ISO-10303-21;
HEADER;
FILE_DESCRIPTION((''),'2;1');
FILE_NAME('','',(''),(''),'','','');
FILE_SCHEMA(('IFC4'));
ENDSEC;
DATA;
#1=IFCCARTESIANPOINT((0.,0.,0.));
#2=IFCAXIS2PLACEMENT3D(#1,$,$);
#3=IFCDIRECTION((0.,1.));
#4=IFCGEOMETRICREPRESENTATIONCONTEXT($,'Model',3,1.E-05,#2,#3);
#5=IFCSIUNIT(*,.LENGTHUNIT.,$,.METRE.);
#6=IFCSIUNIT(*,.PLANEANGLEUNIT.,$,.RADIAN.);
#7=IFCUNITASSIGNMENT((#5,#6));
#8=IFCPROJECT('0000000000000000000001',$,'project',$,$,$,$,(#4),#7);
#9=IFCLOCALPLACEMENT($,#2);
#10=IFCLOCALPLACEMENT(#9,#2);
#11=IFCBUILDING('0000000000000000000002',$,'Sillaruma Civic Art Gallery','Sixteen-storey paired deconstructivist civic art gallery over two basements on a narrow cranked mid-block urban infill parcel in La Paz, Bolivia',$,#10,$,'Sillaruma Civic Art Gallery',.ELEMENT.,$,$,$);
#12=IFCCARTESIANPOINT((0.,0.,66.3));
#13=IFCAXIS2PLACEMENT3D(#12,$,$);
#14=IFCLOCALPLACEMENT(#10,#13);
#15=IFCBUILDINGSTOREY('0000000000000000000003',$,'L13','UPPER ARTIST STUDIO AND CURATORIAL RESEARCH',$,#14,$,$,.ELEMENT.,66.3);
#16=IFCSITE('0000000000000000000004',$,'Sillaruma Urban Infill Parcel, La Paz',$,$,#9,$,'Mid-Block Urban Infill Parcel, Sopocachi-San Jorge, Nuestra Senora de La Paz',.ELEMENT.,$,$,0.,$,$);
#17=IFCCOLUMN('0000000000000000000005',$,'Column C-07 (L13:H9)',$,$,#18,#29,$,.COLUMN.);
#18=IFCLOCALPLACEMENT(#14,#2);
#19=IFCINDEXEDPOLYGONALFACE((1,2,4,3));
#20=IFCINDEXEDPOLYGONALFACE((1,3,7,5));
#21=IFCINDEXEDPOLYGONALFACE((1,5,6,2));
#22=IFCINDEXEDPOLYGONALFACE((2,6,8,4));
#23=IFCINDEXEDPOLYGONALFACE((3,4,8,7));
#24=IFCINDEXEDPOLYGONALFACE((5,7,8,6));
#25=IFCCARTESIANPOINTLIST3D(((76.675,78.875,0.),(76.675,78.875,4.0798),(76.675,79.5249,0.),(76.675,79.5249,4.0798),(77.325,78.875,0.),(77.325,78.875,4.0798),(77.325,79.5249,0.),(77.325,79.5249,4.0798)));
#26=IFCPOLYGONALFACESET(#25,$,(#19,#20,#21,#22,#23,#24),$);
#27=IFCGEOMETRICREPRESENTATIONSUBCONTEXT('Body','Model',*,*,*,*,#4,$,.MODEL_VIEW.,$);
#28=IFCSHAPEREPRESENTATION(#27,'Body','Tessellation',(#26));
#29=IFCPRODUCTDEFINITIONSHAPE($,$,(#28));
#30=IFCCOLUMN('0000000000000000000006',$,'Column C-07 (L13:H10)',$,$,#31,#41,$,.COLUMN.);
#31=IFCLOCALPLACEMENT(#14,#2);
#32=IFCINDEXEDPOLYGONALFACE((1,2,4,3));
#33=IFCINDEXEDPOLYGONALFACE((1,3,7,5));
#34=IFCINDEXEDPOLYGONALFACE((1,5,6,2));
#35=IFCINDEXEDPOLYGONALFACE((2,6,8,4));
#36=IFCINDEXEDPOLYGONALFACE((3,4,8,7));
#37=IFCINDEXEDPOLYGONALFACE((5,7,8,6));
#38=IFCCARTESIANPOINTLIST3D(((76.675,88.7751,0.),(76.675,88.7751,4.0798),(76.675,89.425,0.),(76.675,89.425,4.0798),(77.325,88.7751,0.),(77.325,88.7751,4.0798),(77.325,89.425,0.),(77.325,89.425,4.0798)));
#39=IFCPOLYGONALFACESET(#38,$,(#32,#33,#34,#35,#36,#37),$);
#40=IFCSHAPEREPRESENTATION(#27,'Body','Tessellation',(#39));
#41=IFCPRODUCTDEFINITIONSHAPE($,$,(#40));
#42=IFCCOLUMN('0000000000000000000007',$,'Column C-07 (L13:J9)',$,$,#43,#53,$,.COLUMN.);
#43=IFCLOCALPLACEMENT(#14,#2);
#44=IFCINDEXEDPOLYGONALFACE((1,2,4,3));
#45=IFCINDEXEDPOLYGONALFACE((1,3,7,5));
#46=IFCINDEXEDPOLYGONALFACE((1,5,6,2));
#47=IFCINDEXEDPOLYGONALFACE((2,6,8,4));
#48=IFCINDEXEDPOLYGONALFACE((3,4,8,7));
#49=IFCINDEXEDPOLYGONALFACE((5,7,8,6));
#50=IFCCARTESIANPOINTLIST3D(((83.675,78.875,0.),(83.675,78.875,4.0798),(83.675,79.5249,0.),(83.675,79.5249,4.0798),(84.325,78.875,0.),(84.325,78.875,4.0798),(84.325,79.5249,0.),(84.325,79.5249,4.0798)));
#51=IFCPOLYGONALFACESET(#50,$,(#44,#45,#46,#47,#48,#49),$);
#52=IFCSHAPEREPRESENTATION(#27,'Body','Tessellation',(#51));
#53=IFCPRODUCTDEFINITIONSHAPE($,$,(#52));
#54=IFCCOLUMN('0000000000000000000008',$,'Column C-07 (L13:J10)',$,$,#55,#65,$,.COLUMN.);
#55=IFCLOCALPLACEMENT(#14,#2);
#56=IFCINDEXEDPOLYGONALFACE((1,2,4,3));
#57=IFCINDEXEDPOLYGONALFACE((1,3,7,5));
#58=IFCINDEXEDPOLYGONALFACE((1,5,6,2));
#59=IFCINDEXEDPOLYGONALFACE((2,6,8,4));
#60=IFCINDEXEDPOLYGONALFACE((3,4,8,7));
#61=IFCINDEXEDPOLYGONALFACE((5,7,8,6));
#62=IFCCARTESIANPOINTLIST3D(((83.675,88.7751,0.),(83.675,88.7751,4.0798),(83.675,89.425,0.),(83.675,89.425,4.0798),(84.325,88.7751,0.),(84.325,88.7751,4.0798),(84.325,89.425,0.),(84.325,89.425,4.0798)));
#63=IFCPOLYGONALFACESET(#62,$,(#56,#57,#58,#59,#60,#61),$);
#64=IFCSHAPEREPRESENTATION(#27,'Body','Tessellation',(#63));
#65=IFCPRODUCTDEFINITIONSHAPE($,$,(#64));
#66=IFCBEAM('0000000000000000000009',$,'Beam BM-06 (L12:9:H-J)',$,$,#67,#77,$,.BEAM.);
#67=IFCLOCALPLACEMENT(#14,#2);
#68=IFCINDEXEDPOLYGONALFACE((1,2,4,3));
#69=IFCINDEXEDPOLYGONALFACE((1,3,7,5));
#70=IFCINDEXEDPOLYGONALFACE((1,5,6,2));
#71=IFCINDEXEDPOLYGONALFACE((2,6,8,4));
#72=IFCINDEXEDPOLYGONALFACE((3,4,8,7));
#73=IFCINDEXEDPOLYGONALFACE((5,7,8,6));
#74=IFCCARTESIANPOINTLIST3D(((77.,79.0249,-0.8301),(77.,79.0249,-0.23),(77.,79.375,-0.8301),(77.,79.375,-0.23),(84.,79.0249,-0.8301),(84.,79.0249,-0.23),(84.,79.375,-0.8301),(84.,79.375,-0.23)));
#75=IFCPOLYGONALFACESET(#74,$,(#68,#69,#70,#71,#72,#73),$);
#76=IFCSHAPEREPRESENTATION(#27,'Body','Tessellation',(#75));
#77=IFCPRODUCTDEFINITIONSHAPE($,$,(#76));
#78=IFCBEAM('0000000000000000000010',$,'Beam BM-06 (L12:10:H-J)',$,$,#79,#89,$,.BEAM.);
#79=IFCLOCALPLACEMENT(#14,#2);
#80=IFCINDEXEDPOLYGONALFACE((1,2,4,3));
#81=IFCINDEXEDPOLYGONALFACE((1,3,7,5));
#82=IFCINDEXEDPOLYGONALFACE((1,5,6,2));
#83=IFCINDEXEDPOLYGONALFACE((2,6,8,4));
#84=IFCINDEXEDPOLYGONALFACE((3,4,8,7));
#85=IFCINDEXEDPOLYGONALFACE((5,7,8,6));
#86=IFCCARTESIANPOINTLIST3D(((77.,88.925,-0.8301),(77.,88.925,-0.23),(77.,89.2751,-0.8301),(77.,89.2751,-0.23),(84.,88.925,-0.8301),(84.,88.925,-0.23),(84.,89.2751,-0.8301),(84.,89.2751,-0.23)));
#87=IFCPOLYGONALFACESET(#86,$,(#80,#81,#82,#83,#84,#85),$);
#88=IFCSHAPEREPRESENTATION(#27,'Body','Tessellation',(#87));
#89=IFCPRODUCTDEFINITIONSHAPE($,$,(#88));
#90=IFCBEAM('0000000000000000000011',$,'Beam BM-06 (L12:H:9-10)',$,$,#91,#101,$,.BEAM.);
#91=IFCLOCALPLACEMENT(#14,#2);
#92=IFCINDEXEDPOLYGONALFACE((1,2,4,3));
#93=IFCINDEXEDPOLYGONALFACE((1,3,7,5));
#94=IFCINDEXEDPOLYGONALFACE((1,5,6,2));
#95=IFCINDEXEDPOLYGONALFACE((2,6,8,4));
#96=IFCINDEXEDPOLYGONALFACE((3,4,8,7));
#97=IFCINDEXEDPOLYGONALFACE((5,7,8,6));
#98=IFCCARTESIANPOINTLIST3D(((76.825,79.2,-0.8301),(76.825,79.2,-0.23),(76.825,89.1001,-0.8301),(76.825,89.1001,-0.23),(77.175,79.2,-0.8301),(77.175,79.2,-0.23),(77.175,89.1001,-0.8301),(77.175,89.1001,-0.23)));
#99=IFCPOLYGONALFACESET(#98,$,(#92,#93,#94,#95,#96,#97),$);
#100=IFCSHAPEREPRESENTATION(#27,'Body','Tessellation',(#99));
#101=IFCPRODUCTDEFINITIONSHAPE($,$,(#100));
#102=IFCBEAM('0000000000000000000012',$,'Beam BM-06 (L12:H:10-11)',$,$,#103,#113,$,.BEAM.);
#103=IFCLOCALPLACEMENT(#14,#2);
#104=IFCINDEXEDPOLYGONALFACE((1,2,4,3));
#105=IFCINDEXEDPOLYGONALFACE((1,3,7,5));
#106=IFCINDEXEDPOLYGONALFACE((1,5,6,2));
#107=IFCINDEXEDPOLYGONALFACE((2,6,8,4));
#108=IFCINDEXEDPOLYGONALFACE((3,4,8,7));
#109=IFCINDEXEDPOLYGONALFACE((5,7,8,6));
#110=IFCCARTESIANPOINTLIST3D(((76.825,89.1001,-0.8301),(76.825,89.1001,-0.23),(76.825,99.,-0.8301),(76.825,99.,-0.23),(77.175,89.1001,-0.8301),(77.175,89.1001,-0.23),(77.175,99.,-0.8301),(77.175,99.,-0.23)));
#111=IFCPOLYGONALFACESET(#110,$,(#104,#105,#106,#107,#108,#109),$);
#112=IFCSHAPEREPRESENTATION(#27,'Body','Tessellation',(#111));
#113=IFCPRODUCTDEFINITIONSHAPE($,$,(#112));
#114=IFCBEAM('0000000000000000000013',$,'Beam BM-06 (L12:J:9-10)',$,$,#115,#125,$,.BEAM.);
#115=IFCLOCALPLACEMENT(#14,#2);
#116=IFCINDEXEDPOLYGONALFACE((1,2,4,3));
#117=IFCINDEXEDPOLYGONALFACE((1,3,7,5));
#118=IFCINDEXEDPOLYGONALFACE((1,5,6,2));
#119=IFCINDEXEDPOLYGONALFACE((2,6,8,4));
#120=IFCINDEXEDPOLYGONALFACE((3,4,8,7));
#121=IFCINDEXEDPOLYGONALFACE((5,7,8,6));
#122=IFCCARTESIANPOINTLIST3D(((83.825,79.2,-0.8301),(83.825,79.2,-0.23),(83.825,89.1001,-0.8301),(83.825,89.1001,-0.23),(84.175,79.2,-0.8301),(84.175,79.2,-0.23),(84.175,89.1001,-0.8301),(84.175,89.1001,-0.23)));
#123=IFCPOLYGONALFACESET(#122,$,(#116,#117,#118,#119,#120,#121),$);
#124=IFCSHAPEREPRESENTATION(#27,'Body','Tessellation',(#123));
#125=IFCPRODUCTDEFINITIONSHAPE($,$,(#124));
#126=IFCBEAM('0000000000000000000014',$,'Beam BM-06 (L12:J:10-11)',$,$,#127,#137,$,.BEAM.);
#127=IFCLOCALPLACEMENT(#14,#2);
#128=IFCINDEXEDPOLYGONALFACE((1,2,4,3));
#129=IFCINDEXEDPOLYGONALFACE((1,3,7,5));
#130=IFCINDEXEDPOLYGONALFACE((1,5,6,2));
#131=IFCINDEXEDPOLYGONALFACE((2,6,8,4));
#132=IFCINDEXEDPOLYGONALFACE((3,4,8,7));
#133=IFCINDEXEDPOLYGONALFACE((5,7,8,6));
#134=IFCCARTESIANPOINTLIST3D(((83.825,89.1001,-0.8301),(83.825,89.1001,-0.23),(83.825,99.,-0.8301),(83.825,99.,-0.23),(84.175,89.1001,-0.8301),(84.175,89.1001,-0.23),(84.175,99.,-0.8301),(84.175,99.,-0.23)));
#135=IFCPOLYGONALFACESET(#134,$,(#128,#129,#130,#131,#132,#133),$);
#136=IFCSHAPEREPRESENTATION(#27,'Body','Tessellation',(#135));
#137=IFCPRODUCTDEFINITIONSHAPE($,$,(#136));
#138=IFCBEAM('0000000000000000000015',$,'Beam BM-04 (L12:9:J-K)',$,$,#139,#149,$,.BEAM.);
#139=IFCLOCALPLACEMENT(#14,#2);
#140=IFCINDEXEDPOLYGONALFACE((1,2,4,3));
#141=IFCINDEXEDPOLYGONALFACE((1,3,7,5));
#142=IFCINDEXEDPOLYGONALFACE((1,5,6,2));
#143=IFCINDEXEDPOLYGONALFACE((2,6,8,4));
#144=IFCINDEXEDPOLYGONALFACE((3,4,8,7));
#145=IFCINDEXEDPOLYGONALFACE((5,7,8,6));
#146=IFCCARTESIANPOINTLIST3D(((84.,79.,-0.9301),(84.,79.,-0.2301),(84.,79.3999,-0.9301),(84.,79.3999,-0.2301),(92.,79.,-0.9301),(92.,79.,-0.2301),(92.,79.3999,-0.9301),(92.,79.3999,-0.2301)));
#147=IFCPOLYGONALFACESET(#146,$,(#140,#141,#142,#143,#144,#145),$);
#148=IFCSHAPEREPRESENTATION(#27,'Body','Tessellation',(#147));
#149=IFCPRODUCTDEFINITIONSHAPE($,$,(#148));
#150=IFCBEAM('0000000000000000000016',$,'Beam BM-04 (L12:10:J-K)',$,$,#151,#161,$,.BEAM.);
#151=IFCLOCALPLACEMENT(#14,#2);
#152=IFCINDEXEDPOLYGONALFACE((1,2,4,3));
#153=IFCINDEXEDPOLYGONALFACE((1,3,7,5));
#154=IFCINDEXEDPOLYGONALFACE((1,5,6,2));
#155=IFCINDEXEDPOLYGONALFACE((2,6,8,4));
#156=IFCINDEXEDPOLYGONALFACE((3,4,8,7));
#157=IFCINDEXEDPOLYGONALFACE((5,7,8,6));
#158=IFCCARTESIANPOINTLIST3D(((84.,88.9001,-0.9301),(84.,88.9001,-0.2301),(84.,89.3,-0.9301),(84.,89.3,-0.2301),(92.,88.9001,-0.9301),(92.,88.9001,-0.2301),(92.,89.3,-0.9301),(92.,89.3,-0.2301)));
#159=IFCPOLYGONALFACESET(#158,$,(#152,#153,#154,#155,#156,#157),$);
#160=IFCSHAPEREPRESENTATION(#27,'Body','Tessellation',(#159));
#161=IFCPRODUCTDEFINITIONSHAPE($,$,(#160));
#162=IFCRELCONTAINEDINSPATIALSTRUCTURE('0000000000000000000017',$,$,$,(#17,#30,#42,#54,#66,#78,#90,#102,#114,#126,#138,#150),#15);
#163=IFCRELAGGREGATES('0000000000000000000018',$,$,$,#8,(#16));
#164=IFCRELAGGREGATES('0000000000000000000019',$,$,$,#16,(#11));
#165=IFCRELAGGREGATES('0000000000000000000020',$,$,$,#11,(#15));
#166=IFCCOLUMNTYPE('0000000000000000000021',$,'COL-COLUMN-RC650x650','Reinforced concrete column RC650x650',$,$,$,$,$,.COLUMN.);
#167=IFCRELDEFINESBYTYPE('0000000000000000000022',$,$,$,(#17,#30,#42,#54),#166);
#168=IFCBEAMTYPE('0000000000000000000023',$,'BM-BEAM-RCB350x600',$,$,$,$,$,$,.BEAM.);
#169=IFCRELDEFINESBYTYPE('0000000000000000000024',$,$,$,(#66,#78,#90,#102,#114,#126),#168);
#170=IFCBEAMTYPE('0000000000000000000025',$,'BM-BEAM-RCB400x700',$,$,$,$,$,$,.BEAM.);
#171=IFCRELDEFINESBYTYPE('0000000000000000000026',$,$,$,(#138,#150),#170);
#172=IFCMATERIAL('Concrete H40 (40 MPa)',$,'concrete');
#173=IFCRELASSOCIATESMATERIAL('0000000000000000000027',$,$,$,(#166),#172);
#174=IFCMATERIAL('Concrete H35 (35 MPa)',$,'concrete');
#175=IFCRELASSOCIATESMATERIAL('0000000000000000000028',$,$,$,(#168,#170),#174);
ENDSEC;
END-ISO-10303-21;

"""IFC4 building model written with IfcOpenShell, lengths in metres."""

from ifc_helpers import new_model, si_unit, direction, frame, origin, origin_2d, place, context, subcontext, project, spatial, rectangle, extrude, material, material_profile, profile_set, type_object, element, save


model = new_model("IFC4")

# Units and contexts
model_context = context("Model", 3, precision=1e-05, world=origin(), true_north=direction((0.0, 1.0)))
body_context = subcontext(model_context, "Body", "Model", "MODEL_VIEW")
ifc_project = project(units=[si_unit("LENGTHUNIT", "METRE"), si_unit("PLANEANGLEUNIT", "RADIAN")], contexts=[model_context])

# Site, building, storey
site_placement = place(None, origin())
site = spatial("IfcSite", under=ifc_project, at=site_placement, Name="Sillaruma Urban Infill Parcel, La Paz", LongName="Mid-Block Urban Infill Parcel, Sopocachi-San Jorge, Nuestra Senora de La Paz", CompositionType="ELEMENT", RefElevation=0.0)
building_placement = place(site_placement, origin())
building = spatial("IfcBuilding", under=site, at=building_placement, Name="Sillaruma Civic Art Gallery", Description="Sixteen-storey paired deconstructivist civic art gallery over two basements on a narrow cranked mid-block urban infill parcel in La Paz, Bolivia", LongName="Sillaruma Civic Art Gallery", CompositionType="ELEMENT")
storey_placement = place(building_placement, frame((0.0, 0.0, 66.3)))
storey = spatial("IfcBuildingStorey", under=building, at=storey_placement, Name="L13", Description="UPPER ARTIST STUDIO AND CURATORIAL RESEARCH", CompositionType="ELEMENT", Elevation=66.3)

# Columns
ifc_material_1 = material(Name="Concrete H40 (40 MPa)", Category="concrete")
ifc_material_profile_1 = material_profile(ifc_material_1, rectangle(XDim=0.6499, YDim=0.6499, at=origin_2d()), Name="RC650x650")
ifc_profile_set_1 = profile_set([ifc_material_profile_1], Name="Concrete H40 (40 MPa)")
column_type = type_object("IfcColumnType", Name="COL-COLUMN-RC650x650", Description="Reinforced concrete column RC650x650", PredefinedType="COLUMN", material=ifc_profile_set_1)
for number, where, z_axis, x_axis, name in (
    (1, (77.0, 79.2, 0.0), (0.0, 0.0, 1.0), (1.0, 0.0, 0.0), "Column C-07 (L13:H9)"),
    (2, (77.0, 89.1001, 0.0), (0.0, 0.0, 1.0), (1.0, 0.0, 0.0), "Column C-07 (L13:H10)"),
    (3, (84.0, 79.2, 0.0), (0.0, 0.0, 1.0), (1.0, 0.0, 0.0), "Column C-07 (L13:J9)"),
    (4, (84.0, 89.1001, 0.0), (0.0, 0.0, 1.0), (1.0, 0.0, 0.0), "Column C-07 (L13:J10)"),
):
    element("IfcColumn", number, at=place(storey_placement, frame(where, z_axis=z_axis, x_axis=x_axis)), inside=storey, type_object=column_type, Name=name, PredefinedType="COLUMN", context=body_context, shape_type="SweptSolid", body=[
        extrude(rectangle(XDim=0.6499, YDim=0.6499, at=origin_2d()), origin(), (0.0, 0.0, 1.0), 4.0798),
    ])

# Beams
ifc_material_2 = material(Name="Concrete H35 (35 MPa)", Category="concrete")
ifc_material_profile_2 = material_profile(ifc_material_2, rectangle(XDim=0.3501, YDim=0.6001, at=origin_2d()), Name="RCB350x600")
ifc_profile_set_2 = profile_set([ifc_material_profile_2], Name="Concrete H35 (35 MPa)")
beam_type_1 = type_object("IfcBeamType", Name="BM-BEAM-RCB350x600", PredefinedType="BEAM", material=ifc_profile_set_2)
for number, where, z_axis, x_axis, name in (
    (5, (77.0, 79.2, -0.53), (1.0, 0.0, 0.0), (0.0, 1.0, 0.0), "Beam BM-06 (L12:9:H-J)"),
    (6, (77.0, 89.1001, -0.53), (1.0, 0.0, 0.0), (0.0, 1.0, 0.0), "Beam BM-06 (L12:10:H-J)"),
):
    element("IfcBeam", number, at=place(storey_placement, frame(where, z_axis=z_axis, x_axis=x_axis)), inside=storey, type_object=beam_type_1, Name=name, PredefinedType="BEAM", context=body_context, shape_type="SweptSolid", body=[
        extrude(rectangle(XDim=0.3501, YDim=0.6001, at=origin_2d()), origin(), (0.0, 0.0, 1.0), 7.0),
    ])
beam_1_placement = place(storey_placement, frame((77.0, 79.2, -0.53), z_axis=(0.0, 1.0, 0.0), x_axis=(-1.0, 0.0, 0.0)))
element("IfcBeam", 7, at=beam_1_placement, inside=storey, type_object=beam_type_1, Name="Beam BM-06 (L12:H:9-10)", PredefinedType="BEAM", context=body_context, shape_type="SweptSolid", body=[
    extrude(rectangle(XDim=0.3501, YDim=0.6001, at=origin_2d()), origin(), (0.0, 0.0, 1.0), 9.9001),
])
beam_2_placement = place(storey_placement, frame((77.0, 89.1001, -0.53), z_axis=(0.0, 1.0, 0.0), x_axis=(-1.0, 0.0, 0.0)))
element("IfcBeam", 8, at=beam_2_placement, inside=storey, type_object=beam_type_1, Name="Beam BM-06 (L12:H:10-11)", PredefinedType="BEAM", context=body_context, shape_type="SweptSolid", body=[
    extrude(rectangle(XDim=0.3501, YDim=0.6001, at=origin_2d()), origin(), (0.0, 0.0, 1.0), 9.8999),
])
beam_3_placement = place(storey_placement, frame((84.0, 79.2, -0.53), z_axis=(0.0, 1.0, 0.0), x_axis=(-1.0, 0.0, 0.0)))
element("IfcBeam", 9, at=beam_3_placement, inside=storey, type_object=beam_type_1, Name="Beam BM-06 (L12:J:9-10)", PredefinedType="BEAM", context=body_context, shape_type="SweptSolid", body=[
    extrude(rectangle(XDim=0.3501, YDim=0.6001, at=origin_2d()), origin(), (0.0, 0.0, 1.0), 9.9001),
])
beam_4_placement = place(storey_placement, frame((84.0, 89.1001, -0.53), z_axis=(0.0, 1.0, 0.0), x_axis=(-1.0, 0.0, 0.0)))
element("IfcBeam", 10, at=beam_4_placement, inside=storey, type_object=beam_type_1, Name="Beam BM-06 (L12:J:10-11)", PredefinedType="BEAM", context=body_context, shape_type="SweptSolid", body=[
    extrude(rectangle(XDim=0.3501, YDim=0.6001, at=origin_2d()), origin(), (0.0, 0.0, 1.0), 9.8999),
])
ifc_material_profile_3 = material_profile(ifc_material_2, rectangle(XDim=0.3999, YDim=0.7, at=origin_2d()), Name="RCB400x700")
ifc_profile_set_3 = profile_set([ifc_material_profile_3], Name="Concrete H35 (35 MPa)")
beam_type_2 = type_object("IfcBeamType", Name="BM-BEAM-RCB400x700", PredefinedType="BEAM", material=ifc_profile_set_3)
for number, where, z_axis, x_axis, name in (
    (11, (84.0, 79.2, -0.5801), (1.0, 0.0, 0.0), (0.0, 1.0, 0.0), "Beam BM-04 (L12:9:J-K)"),
    (12, (84.0, 89.1001, -0.5801), (1.0, 0.0, 0.0), (0.0, 1.0, 0.0), "Beam BM-04 (L12:10:J-K)"),
):
    element("IfcBeam", number, at=place(storey_placement, frame(where, z_axis=z_axis, x_axis=x_axis)), inside=storey, type_object=beam_type_2, Name=name, PredefinedType="BEAM", context=body_context, shape_type="SweptSolid", body=[
        extrude(rectangle(XDim=0.3999, YDim=0.7, at=origin_2d()), origin(), (0.0, 0.0, 1.0), 8.0),
    ])

save(model, "model.ifc")
